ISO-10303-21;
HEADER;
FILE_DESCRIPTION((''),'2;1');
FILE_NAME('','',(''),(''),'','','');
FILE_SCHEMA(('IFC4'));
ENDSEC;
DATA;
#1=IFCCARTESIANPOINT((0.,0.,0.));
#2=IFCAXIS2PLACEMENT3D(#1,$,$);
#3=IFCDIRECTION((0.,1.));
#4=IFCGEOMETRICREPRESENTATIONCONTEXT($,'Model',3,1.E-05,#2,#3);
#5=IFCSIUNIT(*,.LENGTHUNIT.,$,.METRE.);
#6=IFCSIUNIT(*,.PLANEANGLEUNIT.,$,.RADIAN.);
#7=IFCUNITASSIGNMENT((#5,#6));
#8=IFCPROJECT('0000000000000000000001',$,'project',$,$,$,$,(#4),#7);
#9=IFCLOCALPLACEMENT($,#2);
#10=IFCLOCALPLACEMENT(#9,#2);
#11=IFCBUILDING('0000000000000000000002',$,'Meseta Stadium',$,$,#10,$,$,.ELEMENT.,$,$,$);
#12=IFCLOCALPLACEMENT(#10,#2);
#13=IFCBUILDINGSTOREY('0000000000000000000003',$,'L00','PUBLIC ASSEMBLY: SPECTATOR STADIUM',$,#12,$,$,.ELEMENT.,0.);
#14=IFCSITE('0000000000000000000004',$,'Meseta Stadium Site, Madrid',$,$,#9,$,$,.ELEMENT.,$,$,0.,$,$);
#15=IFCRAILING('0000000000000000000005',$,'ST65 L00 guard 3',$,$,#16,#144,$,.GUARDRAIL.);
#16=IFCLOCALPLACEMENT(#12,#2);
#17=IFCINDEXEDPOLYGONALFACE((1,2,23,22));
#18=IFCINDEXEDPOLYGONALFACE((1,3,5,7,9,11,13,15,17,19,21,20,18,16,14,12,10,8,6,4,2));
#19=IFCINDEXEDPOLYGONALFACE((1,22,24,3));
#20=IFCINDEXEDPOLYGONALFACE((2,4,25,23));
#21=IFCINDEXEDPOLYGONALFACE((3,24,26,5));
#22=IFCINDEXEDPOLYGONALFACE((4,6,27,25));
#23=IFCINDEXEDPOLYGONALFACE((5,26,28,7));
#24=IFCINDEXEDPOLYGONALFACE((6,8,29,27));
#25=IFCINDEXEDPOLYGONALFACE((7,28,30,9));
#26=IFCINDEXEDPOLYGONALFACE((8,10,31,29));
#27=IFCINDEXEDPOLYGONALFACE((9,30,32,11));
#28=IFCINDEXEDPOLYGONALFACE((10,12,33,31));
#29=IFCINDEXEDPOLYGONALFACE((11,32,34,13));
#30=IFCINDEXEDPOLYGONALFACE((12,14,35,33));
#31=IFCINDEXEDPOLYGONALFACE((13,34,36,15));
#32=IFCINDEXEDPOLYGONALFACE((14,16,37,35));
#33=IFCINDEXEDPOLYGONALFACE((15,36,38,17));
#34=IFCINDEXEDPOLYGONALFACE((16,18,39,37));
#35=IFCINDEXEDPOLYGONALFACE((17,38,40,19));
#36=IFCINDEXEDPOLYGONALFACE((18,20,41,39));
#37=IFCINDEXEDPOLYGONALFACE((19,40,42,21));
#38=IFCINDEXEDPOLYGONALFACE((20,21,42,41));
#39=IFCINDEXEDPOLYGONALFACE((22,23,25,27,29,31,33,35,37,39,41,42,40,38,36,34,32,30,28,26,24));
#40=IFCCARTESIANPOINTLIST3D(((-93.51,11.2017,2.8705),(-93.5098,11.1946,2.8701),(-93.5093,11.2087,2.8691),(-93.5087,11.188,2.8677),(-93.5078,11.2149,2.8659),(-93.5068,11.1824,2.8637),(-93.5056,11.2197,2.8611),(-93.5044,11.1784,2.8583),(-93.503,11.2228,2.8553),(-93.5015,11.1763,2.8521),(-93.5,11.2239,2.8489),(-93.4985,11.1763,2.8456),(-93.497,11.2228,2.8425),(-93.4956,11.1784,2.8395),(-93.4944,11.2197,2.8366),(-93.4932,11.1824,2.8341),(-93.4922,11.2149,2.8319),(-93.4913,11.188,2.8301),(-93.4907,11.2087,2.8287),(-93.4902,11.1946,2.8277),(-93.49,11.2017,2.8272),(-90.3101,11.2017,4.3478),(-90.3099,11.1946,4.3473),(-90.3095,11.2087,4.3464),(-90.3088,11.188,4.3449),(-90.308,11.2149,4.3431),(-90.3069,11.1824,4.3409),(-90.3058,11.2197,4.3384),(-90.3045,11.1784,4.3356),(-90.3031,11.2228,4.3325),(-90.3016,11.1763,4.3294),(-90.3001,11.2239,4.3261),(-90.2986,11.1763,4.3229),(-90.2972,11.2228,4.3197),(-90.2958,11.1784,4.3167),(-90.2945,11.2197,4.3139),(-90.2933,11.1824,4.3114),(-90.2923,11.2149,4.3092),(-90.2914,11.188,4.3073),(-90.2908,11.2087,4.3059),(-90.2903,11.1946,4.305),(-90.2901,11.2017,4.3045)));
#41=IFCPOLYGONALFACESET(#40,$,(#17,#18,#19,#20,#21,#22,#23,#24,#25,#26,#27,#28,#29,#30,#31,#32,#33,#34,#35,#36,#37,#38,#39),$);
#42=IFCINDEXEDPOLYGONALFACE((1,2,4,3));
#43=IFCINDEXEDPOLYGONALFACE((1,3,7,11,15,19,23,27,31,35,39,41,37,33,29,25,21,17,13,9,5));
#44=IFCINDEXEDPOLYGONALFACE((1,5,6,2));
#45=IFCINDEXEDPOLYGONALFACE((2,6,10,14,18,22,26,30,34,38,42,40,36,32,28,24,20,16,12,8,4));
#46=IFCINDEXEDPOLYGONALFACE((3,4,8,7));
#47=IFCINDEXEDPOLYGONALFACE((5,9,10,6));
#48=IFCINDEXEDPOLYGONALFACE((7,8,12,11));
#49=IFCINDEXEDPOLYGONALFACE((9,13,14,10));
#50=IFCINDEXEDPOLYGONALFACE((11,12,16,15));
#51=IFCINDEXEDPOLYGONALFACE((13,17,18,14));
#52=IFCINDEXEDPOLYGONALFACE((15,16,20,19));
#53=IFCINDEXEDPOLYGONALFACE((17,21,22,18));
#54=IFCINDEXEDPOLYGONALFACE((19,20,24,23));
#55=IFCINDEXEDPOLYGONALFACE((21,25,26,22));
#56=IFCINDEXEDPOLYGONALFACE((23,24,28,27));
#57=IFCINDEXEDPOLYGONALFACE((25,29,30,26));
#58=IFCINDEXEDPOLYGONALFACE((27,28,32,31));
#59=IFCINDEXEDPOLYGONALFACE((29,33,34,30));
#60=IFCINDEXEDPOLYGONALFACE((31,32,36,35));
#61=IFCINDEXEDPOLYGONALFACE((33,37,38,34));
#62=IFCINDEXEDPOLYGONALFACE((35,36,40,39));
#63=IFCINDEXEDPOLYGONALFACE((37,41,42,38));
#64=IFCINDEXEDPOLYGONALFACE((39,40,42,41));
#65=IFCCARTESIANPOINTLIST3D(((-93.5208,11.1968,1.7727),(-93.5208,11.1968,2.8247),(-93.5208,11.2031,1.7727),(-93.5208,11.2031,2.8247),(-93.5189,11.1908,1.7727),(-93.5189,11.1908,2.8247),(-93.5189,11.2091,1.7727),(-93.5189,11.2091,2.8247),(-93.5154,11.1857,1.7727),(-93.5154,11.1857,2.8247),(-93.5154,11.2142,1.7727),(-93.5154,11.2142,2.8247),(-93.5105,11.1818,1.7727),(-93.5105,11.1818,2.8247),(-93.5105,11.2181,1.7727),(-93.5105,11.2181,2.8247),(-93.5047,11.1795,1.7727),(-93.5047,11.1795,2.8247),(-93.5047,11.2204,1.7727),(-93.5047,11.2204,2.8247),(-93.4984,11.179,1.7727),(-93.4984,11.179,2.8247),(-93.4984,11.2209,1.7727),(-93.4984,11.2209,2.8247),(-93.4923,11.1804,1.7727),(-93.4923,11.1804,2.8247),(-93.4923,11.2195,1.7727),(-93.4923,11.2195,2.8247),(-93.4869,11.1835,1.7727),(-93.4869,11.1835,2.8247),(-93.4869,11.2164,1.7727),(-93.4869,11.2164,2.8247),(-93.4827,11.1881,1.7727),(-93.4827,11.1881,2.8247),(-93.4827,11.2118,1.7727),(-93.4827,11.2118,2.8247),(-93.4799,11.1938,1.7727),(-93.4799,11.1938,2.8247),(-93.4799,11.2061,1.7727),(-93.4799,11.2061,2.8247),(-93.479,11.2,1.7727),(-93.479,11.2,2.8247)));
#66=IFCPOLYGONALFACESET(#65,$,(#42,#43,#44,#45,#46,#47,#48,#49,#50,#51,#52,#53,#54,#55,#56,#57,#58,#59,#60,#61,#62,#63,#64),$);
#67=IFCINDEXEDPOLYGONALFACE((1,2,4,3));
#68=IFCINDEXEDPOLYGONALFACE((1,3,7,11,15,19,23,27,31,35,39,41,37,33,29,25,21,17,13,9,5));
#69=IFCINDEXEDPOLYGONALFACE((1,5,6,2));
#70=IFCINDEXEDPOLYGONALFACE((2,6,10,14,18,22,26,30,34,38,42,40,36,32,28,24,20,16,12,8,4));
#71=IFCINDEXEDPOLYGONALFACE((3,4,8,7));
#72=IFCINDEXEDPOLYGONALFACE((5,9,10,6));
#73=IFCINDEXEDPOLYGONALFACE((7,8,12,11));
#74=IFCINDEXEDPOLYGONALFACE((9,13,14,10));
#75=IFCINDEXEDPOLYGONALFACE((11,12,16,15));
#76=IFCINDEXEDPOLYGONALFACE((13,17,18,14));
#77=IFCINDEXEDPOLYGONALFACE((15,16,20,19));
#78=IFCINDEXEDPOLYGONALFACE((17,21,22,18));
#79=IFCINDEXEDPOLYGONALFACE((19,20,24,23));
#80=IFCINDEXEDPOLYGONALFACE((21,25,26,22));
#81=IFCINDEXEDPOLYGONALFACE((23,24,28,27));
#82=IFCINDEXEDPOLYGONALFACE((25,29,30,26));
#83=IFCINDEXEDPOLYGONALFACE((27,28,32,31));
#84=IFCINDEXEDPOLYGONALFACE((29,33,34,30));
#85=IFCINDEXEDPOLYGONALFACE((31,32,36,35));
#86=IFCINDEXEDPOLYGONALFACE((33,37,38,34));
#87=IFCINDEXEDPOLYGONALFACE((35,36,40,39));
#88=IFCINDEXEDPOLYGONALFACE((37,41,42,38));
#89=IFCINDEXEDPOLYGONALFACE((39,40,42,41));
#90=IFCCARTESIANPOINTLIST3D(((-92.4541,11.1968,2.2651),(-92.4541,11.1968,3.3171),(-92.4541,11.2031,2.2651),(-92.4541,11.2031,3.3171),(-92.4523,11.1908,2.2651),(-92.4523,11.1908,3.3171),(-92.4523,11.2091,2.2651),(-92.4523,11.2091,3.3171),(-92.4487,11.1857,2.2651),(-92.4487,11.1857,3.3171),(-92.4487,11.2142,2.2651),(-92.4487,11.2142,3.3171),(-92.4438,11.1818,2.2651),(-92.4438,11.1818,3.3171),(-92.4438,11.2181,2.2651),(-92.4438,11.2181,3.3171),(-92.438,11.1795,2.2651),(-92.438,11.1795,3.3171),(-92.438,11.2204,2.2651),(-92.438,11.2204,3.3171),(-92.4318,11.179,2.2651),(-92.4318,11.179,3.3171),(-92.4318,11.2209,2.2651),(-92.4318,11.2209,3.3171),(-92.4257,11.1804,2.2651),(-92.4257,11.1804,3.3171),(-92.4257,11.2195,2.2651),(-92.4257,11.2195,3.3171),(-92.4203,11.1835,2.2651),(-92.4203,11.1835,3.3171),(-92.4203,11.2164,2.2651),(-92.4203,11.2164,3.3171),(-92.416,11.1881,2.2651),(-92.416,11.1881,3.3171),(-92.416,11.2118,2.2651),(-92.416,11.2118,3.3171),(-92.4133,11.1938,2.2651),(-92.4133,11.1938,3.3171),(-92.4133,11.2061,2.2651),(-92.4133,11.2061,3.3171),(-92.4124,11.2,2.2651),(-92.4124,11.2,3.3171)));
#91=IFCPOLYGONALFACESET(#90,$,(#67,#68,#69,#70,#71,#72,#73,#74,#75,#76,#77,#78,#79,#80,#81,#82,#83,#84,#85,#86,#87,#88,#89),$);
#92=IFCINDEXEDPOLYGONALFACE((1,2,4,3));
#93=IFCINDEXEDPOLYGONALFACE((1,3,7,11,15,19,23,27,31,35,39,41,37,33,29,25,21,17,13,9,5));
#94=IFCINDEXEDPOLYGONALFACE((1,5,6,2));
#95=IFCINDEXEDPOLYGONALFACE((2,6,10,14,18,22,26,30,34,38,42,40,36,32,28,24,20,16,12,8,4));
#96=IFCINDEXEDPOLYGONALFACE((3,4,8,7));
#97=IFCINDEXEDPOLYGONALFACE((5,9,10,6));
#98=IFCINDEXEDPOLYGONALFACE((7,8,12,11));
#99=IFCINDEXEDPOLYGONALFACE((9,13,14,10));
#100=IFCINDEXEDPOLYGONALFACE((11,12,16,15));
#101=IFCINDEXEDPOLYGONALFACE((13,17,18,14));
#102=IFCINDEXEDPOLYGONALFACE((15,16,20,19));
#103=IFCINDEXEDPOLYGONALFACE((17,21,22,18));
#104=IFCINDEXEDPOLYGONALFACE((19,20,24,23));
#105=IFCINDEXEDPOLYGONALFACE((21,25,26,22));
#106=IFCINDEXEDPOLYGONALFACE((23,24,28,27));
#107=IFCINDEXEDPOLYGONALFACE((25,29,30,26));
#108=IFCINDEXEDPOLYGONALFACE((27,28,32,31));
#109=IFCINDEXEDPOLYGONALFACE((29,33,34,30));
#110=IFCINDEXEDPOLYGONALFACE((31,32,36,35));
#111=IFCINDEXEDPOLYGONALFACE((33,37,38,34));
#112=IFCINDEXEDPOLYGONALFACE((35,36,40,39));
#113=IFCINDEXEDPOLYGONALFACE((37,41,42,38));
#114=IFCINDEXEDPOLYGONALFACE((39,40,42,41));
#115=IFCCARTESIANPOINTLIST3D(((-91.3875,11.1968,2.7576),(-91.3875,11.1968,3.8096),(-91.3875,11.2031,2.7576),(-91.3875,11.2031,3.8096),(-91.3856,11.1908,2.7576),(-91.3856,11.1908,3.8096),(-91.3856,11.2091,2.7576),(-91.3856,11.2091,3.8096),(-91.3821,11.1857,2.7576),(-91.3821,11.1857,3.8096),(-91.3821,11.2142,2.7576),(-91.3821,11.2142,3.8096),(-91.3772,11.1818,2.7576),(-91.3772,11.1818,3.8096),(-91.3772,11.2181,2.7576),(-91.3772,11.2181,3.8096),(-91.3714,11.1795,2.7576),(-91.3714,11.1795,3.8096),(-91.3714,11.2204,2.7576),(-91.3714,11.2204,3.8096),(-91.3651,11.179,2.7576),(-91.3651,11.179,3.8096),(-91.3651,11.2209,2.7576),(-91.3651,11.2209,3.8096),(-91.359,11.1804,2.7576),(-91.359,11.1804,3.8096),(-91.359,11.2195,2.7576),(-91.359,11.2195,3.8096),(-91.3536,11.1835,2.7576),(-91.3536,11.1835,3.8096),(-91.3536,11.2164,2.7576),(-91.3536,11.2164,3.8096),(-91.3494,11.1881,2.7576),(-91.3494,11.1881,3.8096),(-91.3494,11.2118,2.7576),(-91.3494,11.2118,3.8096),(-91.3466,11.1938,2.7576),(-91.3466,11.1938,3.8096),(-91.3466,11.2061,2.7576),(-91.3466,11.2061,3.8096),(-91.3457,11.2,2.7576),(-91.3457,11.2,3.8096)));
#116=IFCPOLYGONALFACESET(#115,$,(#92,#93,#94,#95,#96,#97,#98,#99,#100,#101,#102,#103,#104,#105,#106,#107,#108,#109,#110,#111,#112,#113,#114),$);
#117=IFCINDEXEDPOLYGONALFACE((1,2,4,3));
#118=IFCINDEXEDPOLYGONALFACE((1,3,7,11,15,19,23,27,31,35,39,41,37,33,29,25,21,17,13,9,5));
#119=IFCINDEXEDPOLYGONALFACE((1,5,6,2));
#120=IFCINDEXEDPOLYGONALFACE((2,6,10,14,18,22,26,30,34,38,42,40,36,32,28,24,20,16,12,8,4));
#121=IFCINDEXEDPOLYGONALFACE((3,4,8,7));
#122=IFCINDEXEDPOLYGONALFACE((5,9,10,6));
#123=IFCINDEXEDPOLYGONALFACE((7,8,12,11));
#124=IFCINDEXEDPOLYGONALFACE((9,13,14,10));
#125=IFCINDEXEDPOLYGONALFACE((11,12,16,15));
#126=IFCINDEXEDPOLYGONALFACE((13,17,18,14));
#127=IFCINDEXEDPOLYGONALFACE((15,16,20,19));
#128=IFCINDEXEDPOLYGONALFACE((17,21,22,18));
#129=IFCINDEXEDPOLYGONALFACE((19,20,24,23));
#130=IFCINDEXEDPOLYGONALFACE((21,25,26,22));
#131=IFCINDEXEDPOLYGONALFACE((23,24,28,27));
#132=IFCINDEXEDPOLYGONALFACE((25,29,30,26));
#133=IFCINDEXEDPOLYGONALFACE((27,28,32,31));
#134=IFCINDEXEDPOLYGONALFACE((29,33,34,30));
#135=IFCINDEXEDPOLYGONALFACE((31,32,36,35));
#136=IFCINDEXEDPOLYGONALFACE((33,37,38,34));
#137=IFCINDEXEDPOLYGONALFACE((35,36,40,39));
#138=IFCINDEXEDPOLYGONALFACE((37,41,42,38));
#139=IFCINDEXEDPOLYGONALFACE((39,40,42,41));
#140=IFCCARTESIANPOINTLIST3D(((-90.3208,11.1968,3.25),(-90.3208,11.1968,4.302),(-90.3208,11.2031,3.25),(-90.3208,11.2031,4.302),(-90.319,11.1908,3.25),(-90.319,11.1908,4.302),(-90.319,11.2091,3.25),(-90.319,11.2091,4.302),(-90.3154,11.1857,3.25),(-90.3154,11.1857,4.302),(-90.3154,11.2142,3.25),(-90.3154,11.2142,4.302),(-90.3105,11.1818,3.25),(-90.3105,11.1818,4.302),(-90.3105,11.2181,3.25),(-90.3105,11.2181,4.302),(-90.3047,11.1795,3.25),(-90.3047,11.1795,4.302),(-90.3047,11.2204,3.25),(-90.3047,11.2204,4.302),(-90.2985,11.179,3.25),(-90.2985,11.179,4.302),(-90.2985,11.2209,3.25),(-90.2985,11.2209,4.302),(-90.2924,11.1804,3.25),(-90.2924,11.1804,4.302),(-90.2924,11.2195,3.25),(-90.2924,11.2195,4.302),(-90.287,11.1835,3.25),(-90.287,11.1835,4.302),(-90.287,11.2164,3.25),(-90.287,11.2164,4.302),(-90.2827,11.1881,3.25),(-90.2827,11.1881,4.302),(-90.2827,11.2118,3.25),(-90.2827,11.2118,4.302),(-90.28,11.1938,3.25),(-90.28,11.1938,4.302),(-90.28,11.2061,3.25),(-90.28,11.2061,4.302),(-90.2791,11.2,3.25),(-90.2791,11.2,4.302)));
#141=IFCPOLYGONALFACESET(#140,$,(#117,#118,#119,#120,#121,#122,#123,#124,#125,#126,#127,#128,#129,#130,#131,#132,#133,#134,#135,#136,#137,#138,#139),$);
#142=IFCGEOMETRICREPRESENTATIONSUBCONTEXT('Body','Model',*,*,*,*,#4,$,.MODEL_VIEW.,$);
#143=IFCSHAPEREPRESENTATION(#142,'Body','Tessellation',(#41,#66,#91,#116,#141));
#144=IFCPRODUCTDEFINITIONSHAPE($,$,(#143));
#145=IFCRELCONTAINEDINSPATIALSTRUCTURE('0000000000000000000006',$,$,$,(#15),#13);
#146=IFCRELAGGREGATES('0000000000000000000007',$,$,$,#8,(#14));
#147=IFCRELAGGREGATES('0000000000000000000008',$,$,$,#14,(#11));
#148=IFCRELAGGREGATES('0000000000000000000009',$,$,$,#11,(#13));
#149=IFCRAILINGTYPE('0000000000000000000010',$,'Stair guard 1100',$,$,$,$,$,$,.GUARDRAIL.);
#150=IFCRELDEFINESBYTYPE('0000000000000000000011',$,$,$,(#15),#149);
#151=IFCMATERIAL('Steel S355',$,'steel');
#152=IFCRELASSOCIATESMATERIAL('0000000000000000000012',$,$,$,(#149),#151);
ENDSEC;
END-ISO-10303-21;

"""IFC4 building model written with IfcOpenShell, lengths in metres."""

from ifc_helpers import new_model, si_unit, direction, frame, origin, origin_2d, place, context, subcontext, project, spatial, circle, extrude, material, type_object, element, save


model = new_model("IFC4")

# Units and contexts
model_context = context("Model", 3, precision=1e-05, world=origin(), true_north=direction((0.0, 1.0)))
body_context = subcontext(model_context, "Body", "Model", "MODEL_VIEW")
ifc_project = project(units=[si_unit("LENGTHUNIT", "METRE"), si_unit("PLANEANGLEUNIT", "RADIAN")], contexts=[model_context])

# Site, building, storey
site_placement = place(None, origin())
site = spatial("IfcSite", under=ifc_project, at=site_placement, Name="Meseta Stadium Site, Madrid", CompositionType="ELEMENT", RefElevation=0.0)
building_placement = place(site_placement, origin())
building = spatial("IfcBuilding", under=site, at=building_placement, Name="Meseta Stadium", CompositionType="ELEMENT")
storey_placement = place(building_placement, origin())
storey = spatial("IfcBuildingStorey", under=building, at=storey_placement, Name="L00", Description="PUBLIC ASSEMBLY: SPECTATOR STADIUM", CompositionType="ELEMENT", Elevation=0.0)

# Railing
ifc_material_1 = material(Name="Steel S355", Category="steel")
railing_type_1 = type_object("IfcRailingType", Name="Stair guard 1100", PredefinedType="GUARDRAIL", material=ifc_material_1)
railing_1_placement = place(storey_placement, frame((-93.5, 11.2, 1.7727)))
element("IfcRailing", 1, at=railing_1_placement, inside=storey, type_object=railing_type_1, Name="ST65 L00 guard 3", PredefinedType="GUARDRAIL", context=body_context, shape_type="SweptSolid", body=[
    extrude(circle(Radius=0.0239, at=origin_2d()), frame((0.0, 0.0, 1.0762), z_axis=(0.907917, 0.0, 0.41915), x_axis=(0.0, 1.0, 0.0)), (0.0, 0.0, 1.0), 3.5244),
    extrude(circle(Radius=0.021, at=origin_2d()), origin(), (0.0, 0.0, 1.0), 1.052),
    extrude(circle(Radius=0.021, at=origin_2d()), frame((1.0667, 0.0, 0.4924)), (0.0, 0.0, 1.0), 1.052),
    extrude(circle(Radius=0.021, at=origin_2d()), frame((2.1333, 0.0, 0.9849)), (0.0, 0.0, 1.0), 1.052),
    extrude(circle(Radius=0.021, at=origin_2d()), frame((3.2, 0.0, 1.4773)), (0.0, 0.0, 1.0), 1.052),
])

save(model, "model.ifc")
